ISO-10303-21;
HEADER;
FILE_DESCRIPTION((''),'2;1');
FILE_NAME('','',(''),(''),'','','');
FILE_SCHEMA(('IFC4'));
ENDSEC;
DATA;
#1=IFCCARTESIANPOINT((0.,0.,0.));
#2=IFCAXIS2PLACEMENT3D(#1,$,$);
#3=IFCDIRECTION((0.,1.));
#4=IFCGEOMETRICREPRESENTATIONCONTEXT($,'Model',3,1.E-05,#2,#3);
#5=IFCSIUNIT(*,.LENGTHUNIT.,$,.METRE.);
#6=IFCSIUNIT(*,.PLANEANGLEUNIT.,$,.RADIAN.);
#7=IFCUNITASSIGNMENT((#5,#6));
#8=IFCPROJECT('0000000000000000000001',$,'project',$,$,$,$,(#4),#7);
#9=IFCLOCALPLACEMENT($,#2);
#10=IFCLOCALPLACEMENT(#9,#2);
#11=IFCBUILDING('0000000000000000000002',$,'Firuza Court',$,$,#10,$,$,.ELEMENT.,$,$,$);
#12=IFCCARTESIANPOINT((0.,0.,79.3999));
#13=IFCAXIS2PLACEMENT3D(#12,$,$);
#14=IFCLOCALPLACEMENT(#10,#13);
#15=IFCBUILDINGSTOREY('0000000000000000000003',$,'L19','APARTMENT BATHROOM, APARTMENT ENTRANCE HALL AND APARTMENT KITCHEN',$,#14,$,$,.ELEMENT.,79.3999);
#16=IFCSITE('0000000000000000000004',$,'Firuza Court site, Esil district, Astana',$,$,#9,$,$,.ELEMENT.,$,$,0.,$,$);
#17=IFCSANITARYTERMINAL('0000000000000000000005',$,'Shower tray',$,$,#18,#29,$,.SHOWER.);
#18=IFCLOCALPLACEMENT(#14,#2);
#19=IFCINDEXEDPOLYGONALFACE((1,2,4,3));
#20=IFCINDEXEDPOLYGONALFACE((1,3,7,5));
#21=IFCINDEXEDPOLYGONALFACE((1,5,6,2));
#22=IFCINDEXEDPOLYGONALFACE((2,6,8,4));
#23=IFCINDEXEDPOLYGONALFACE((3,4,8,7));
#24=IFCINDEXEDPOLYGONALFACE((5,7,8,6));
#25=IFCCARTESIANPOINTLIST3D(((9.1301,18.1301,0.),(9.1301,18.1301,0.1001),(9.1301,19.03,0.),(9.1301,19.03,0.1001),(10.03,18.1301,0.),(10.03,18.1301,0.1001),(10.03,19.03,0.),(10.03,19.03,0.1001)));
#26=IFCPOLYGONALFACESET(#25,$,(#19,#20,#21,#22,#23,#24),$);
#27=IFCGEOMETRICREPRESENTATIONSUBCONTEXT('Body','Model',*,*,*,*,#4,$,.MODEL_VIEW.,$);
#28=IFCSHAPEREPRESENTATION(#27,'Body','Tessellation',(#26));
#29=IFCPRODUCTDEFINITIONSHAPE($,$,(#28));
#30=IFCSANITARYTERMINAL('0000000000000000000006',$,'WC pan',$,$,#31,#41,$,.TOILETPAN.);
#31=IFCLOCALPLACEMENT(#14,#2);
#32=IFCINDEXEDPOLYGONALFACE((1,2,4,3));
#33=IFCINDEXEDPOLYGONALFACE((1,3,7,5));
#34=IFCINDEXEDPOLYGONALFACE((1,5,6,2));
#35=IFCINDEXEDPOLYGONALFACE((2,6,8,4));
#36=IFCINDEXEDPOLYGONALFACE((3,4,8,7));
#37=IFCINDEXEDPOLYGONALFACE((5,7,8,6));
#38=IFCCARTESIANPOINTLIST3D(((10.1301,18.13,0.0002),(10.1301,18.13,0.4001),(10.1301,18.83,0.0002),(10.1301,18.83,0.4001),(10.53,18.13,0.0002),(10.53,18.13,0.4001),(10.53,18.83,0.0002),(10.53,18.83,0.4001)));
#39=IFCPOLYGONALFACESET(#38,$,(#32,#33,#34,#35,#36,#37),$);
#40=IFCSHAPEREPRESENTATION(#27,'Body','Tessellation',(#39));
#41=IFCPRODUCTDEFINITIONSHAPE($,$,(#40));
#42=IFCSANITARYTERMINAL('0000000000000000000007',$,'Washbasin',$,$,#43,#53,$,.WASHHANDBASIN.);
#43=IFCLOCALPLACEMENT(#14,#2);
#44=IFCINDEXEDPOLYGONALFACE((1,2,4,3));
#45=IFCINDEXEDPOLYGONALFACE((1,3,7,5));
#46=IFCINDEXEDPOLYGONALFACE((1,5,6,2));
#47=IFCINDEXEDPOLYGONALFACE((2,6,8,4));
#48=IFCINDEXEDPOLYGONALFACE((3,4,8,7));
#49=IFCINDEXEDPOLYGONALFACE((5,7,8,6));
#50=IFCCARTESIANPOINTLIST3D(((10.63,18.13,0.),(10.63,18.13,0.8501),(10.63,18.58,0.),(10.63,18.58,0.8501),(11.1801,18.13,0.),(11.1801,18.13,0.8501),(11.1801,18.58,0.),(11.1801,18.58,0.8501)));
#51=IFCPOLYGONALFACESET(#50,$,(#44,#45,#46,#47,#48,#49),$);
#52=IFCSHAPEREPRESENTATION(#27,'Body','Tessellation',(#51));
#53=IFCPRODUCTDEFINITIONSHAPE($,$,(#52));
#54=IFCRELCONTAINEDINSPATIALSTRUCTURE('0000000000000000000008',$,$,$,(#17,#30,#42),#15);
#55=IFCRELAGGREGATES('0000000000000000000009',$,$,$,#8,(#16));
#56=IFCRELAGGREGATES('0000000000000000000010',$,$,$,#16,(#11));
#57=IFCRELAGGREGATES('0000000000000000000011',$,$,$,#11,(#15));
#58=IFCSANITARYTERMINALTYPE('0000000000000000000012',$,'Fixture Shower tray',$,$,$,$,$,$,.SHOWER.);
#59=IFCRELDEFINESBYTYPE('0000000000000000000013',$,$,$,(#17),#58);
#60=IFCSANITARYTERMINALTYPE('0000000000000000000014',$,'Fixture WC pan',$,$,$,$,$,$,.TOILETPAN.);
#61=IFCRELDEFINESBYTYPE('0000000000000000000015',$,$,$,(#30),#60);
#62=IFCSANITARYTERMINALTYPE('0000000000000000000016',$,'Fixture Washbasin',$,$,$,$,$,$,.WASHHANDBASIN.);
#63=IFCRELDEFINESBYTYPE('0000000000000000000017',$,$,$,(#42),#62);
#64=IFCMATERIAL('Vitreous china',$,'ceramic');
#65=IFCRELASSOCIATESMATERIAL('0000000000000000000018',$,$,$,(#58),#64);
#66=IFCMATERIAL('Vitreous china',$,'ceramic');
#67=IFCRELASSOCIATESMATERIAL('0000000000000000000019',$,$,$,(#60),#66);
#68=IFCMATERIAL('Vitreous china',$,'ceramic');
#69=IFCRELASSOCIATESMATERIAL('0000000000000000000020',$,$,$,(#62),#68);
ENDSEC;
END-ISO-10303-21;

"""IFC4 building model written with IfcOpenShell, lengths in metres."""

from ifc_helpers import new_model, si_unit, direction, frame, origin, origin_2d, place, context, subcontext, project, spatial, rectangle, extrude, material, type_object, element, save


model = new_model("IFC4")

# Units and contexts
model_context = context("Model", 3, precision=1e-05, world=origin(), true_north=direction((0.0, 1.0)))
body_context = subcontext(model_context, "Body", "Model", "MODEL_VIEW")
ifc_project = project(units=[si_unit("LENGTHUNIT", "METRE"), si_unit("PLANEANGLEUNIT", "RADIAN")], contexts=[model_context])

# Site, building, storey
site_placement = place(None, origin())
site = spatial("IfcSite", under=ifc_project, at=site_placement, Name="Firuza Court site, Esil district, Astana", CompositionType="ELEMENT", RefElevation=0.0)
building_placement = place(site_placement, origin())
building = spatial("IfcBuilding", under=site, at=building_placement, Name="Firuza Court", CompositionType="ELEMENT")
storey_placement = place(building_placement, frame((0.0, 0.0, 79.3999)))
storey = spatial("IfcBuildingStorey", under=building, at=storey_placement, Name="L19", Description="APARTMENT BATHROOM, APARTMENT ENTRANCE HALL AND APARTMENT KITCHEN", CompositionType="ELEMENT", Elevation=79.3999)

# Sanitary terminals
ifc_material_1 = material(Name="Vitreous china", Category="ceramic")
sanitary_terminal_type_1 = type_object("IfcSanitaryTerminalType", Name="Fixture Shower tray", PredefinedType="SHOWER", material=ifc_material_1)
sanitary_terminal_1_placement = place(storey_placement, frame((9.5801, 18.5801, 0.0), z_axis=(0.0, 0.0, 1.0), x_axis=(1.0, 0.0, 0.0)))
element("IfcSanitaryTerminal", 1, at=sanitary_terminal_1_placement, inside=storey, type_object=sanitary_terminal_type_1, Name="Shower tray", PredefinedType="SHOWER", context=body_context, shape_type="SweptSolid", body=[
    extrude(rectangle(XDim=0.8999, YDim=0.8999, at=origin_2d()), origin(), (0.0, 0.0, 1.0), 0.1001),
])
ifc_material_2 = material(Name="Vitreous china", Category="ceramic")
sanitary_terminal_type_2 = type_object("IfcSanitaryTerminalType", Name="Fixture WC pan", PredefinedType="TOILETPAN", material=ifc_material_2)
sanitary_terminal_2_placement = place(storey_placement, frame((10.3301, 18.48, 0.0002), z_axis=(0.0, 0.0, 1.0), x_axis=(1.0, 0.0, 0.0)))
element("IfcSanitaryTerminal", 2, at=sanitary_terminal_2_placement, inside=storey, type_object=sanitary_terminal_type_2, Name="WC pan", PredefinedType="TOILETPAN", context=body_context, shape_type="SweptSolid", body=[
    extrude(rectangle(XDim=0.3999, YDim=0.7, at=origin_2d()), origin(), (0.0, 0.0, 1.0), 0.3999),
])
ifc_material_3 = material(Name="Vitreous china", Category="ceramic")
sanitary_terminal_type_3 = type_object("IfcSanitaryTerminalType", Name="Fixture Washbasin", PredefinedType="WASHHANDBASIN", material=ifc_material_3)
sanitary_terminal_3_placement = place(storey_placement, frame((10.905, 18.355, 0.0), z_axis=(0.0, 0.0, 1.0), x_axis=(1.0, 0.0, 0.0)))
element("IfcSanitaryTerminal", 3, at=sanitary_terminal_3_placement, inside=storey, type_object=sanitary_terminal_type_3, Name="Washbasin", PredefinedType="WASHHANDBASIN", context=body_context, shape_type="SweptSolid", body=[
    extrude(rectangle(XDim=0.55, YDim=0.45, at=origin_2d()), origin(), (0.0, 0.0, 1.0), 0.8501),
])

save(model, "model.ifc")
